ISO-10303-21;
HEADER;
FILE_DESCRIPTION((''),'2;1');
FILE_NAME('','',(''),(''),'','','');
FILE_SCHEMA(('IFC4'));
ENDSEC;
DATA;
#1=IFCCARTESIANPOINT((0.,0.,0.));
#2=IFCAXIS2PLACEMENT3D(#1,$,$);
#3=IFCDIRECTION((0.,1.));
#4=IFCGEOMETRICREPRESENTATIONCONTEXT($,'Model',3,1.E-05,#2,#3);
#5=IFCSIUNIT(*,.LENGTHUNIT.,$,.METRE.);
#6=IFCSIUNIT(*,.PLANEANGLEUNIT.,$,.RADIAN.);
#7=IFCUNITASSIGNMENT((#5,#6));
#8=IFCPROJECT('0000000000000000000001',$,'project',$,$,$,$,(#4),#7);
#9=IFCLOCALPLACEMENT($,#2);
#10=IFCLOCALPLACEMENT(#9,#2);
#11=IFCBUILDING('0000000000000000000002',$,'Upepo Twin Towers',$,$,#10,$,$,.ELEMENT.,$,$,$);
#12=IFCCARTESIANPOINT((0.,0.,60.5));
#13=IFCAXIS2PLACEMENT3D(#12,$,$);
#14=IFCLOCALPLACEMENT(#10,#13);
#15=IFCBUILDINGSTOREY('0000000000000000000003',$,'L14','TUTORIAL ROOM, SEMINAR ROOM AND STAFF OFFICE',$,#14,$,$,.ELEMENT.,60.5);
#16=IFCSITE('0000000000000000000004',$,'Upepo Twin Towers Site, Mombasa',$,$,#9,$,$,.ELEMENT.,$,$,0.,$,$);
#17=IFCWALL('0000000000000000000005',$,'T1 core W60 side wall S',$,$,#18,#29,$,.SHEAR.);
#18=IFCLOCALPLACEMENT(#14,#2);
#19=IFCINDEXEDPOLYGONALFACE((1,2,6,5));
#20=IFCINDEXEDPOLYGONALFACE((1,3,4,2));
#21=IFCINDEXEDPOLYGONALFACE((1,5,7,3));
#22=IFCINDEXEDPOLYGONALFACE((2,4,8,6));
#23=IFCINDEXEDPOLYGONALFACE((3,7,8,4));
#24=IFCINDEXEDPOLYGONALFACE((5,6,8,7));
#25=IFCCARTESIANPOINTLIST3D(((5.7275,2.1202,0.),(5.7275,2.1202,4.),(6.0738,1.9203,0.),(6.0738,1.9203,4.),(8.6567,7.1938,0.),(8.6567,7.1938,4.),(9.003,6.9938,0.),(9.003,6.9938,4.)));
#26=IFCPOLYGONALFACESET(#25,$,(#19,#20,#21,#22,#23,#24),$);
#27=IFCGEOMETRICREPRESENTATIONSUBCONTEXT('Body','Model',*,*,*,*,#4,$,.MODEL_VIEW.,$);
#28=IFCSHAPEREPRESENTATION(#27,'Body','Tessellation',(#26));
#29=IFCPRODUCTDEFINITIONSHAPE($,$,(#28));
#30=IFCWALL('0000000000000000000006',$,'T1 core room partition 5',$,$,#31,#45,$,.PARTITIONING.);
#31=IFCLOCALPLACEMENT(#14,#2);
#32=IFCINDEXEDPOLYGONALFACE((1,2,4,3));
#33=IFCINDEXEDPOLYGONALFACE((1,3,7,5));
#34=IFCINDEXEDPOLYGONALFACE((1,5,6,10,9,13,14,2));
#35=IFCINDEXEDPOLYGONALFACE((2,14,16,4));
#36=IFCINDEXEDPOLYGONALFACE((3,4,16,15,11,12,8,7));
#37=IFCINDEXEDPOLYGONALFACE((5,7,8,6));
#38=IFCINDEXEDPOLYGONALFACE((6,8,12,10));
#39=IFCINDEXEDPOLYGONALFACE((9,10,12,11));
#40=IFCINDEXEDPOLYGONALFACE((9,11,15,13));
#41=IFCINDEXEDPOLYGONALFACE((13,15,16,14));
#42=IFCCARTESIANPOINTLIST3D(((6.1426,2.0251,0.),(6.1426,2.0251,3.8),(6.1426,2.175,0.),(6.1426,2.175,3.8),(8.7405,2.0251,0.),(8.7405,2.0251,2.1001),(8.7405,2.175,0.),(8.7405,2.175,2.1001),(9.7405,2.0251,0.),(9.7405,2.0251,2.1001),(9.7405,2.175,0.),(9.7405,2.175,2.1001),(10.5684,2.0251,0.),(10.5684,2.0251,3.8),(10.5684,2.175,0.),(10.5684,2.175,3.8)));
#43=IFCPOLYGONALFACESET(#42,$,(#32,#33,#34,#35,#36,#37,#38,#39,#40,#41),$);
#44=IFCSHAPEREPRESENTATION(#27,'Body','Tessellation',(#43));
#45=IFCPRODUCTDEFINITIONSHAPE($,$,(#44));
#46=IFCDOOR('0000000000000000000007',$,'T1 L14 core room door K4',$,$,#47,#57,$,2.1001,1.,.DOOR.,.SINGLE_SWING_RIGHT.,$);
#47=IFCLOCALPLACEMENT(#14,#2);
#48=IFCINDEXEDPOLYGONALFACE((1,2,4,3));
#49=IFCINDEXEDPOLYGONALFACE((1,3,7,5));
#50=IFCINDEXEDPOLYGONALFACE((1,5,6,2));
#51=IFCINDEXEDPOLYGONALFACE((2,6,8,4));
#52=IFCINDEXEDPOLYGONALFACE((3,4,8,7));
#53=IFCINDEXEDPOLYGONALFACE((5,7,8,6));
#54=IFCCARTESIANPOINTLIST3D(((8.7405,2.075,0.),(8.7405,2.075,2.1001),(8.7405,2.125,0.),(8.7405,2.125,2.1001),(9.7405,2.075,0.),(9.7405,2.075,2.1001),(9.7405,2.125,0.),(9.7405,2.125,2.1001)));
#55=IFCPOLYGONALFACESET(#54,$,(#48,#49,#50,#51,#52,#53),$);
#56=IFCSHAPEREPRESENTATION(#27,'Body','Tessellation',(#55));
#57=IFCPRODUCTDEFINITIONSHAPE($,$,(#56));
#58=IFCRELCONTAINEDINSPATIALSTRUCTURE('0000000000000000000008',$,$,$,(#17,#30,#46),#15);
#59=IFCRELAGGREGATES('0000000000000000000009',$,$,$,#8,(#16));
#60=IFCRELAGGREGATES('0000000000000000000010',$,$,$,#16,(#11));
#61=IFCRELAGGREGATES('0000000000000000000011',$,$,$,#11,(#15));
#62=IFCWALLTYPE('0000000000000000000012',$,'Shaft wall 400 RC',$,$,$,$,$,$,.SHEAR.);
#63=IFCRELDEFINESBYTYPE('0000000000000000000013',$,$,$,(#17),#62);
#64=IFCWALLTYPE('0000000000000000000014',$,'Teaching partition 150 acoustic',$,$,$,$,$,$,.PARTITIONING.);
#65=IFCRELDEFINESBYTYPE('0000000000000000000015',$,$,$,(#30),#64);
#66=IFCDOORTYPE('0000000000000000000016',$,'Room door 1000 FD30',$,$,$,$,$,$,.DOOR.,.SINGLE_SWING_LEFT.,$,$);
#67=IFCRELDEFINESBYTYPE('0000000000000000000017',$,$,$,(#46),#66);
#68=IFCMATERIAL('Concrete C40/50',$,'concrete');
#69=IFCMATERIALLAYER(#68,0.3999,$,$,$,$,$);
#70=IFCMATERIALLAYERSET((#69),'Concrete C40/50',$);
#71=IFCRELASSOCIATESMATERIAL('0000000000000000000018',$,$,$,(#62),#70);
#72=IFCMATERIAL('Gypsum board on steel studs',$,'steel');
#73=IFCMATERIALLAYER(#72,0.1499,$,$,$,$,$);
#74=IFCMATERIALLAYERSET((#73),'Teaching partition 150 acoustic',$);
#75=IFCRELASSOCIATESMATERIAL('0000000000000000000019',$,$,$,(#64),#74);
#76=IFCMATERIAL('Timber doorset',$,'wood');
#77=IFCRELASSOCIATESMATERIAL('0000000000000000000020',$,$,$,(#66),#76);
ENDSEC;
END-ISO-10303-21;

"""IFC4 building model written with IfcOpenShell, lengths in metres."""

from ifc_helpers import new_model, si_unit, direction, frame, frame_2d, origin, place, context, subcontext, project, spatial, rectangle, extrude, material, layer, layer_set, type_object, element, fill, save


model = new_model("IFC4")

# Units and contexts
model_context = context("Model", 3, precision=1e-05, world=origin(), true_north=direction((0.0, 1.0)))
body_context = subcontext(model_context, "Body", "Model", "MODEL_VIEW")
ifc_project = project(units=[si_unit("LENGTHUNIT", "METRE"), si_unit("PLANEANGLEUNIT", "RADIAN")], contexts=[model_context])

# Site, building, storey
site_placement = place(None, origin())
site = spatial("IfcSite", under=ifc_project, at=site_placement, Name="Upepo Twin Towers Site, Mombasa", CompositionType="ELEMENT", RefElevation=0.0)
building_placement = place(site_placement, origin())
building = spatial("IfcBuilding", under=site, at=building_placement, Name="Upepo Twin Towers", CompositionType="ELEMENT")
storey_placement = place(building_placement, frame((0.0, 0.0, 60.5)))
storey = spatial("IfcBuildingStorey", under=building, at=storey_placement, Name="L14", Description="TUTORIAL ROOM, SEMINAR ROOM AND STAFF OFFICE", CompositionType="ELEMENT", Elevation=60.5)

# Wall
ifc_material_1 = material(Name="Concrete C40/50", Category="concrete")
ifc_layer_1 = layer(ifc_material_1, 0.3999)
ifc_layer_set_1 = layer_set([ifc_layer_1], Name="Concrete C40/50")
wall_type_1 = type_object("IfcWallType", Name="Shaft wall 400 RC", PredefinedType="SHEAR", material=ifc_layer_set_1)
for number, where, z_axis, x_axis, name in (
    (1, (5.9006, 2.0203, 0.0), (0.0, 0.0, 1.0), (0.500003, 0.866024, 0.0), "T1 core W60 side wall S"),
):
    element("IfcWall", number, at=place(storey_placement, frame(where, z_axis=z_axis, x_axis=x_axis)), inside=storey, type_object=wall_type_1, Name=name, PredefinedType="SHEAR", context=body_context, shape_type="SweptSolid", body=[
        extrude(rectangle(XDim=5.8584, YDim=0.3999, at=frame_2d((2.9292, 0.0))), origin(), (0.0, 0.0, 1.0), 4.0),
    ])

# Wall, opening, door
ifc_material_2 = material(Name="Gypsum board on steel studs", Category="steel")
ifc_layer_2 = layer(ifc_material_2, 0.1499)
ifc_layer_set_2 = layer_set([ifc_layer_2], Name="Teaching partition 150 acoustic")
wall_type_2 = type_object("IfcWallType", Name="Teaching partition 150 acoustic", PredefinedType="PARTITIONING", material=ifc_layer_set_2)
wall_1_placement = place(storey_placement, frame((6.1426, 2.1001, 0.0), z_axis=(0.0, 0.0, 1.0), x_axis=(1.0, 0.0, 0.0)))
wall_1 = element("IfcWall", 2, at=wall_1_placement, inside=storey, type_object=wall_type_2, Name="T1 core room partition 5", PredefinedType="PARTITIONING", context=body_context, shape_type="SweptSolid", body=[
    extrude(rectangle(XDim=4.4258, YDim=0.1499, at=frame_2d((2.2129, 0.0))), origin(), (0.0, 0.0, 1.0), 3.8),
])
opening_1_placement = place(wall_1_placement, frame((2.5979, 0.0, 0.0)))
opening_1 = element("IfcOpeningElement", 3, at=opening_1_placement, cuts=wall_1, PredefinedType="OPENING", context=body_context, shape_type="SweptSolid", body=[
    extrude(rectangle(XDim=1.0, YDim=2.1001, at=frame_2d((0.5, 1.05))), frame((0.0, 0.085, 0.0), z_axis=(0.0, -1.0, 0.0), x_axis=(1.0, 0.0, 0.0)), (0.0, 0.0, 1.0), 0.1699),
])
ifc_material_3 = material(Name="Timber doorset", Category="wood")
door_type_1 = type_object("IfcDoorType", Name="Room door 1000 FD30", OperationType="SINGLE_SWING_LEFT", PredefinedType="DOOR", material=ifc_material_3)
door_1_placement = place(opening_1_placement, origin())
door_1 = element("IfcDoor", 4, at=door_1_placement, inside=storey, type_object=door_type_1, Name="T1 L14 core room door K4", OperationType="SINGLE_SWING_RIGHT", OverallHeight=2.1001, OverallWidth=1.0, PredefinedType="DOOR", context=body_context, shape_type="SweptSolid", body=[
    extrude(rectangle(XDim=1.0, YDim=2.1001, at=frame_2d((0.5, 1.05))), frame((0.0, 0.0249, 0.0), z_axis=(0.0, -1.0, 0.0), x_axis=(1.0, 0.0, 0.0)), (0.0, 0.0, 1.0), 0.05),
])
fill(opening_1, door_1)

save(model, "model.ifc")
